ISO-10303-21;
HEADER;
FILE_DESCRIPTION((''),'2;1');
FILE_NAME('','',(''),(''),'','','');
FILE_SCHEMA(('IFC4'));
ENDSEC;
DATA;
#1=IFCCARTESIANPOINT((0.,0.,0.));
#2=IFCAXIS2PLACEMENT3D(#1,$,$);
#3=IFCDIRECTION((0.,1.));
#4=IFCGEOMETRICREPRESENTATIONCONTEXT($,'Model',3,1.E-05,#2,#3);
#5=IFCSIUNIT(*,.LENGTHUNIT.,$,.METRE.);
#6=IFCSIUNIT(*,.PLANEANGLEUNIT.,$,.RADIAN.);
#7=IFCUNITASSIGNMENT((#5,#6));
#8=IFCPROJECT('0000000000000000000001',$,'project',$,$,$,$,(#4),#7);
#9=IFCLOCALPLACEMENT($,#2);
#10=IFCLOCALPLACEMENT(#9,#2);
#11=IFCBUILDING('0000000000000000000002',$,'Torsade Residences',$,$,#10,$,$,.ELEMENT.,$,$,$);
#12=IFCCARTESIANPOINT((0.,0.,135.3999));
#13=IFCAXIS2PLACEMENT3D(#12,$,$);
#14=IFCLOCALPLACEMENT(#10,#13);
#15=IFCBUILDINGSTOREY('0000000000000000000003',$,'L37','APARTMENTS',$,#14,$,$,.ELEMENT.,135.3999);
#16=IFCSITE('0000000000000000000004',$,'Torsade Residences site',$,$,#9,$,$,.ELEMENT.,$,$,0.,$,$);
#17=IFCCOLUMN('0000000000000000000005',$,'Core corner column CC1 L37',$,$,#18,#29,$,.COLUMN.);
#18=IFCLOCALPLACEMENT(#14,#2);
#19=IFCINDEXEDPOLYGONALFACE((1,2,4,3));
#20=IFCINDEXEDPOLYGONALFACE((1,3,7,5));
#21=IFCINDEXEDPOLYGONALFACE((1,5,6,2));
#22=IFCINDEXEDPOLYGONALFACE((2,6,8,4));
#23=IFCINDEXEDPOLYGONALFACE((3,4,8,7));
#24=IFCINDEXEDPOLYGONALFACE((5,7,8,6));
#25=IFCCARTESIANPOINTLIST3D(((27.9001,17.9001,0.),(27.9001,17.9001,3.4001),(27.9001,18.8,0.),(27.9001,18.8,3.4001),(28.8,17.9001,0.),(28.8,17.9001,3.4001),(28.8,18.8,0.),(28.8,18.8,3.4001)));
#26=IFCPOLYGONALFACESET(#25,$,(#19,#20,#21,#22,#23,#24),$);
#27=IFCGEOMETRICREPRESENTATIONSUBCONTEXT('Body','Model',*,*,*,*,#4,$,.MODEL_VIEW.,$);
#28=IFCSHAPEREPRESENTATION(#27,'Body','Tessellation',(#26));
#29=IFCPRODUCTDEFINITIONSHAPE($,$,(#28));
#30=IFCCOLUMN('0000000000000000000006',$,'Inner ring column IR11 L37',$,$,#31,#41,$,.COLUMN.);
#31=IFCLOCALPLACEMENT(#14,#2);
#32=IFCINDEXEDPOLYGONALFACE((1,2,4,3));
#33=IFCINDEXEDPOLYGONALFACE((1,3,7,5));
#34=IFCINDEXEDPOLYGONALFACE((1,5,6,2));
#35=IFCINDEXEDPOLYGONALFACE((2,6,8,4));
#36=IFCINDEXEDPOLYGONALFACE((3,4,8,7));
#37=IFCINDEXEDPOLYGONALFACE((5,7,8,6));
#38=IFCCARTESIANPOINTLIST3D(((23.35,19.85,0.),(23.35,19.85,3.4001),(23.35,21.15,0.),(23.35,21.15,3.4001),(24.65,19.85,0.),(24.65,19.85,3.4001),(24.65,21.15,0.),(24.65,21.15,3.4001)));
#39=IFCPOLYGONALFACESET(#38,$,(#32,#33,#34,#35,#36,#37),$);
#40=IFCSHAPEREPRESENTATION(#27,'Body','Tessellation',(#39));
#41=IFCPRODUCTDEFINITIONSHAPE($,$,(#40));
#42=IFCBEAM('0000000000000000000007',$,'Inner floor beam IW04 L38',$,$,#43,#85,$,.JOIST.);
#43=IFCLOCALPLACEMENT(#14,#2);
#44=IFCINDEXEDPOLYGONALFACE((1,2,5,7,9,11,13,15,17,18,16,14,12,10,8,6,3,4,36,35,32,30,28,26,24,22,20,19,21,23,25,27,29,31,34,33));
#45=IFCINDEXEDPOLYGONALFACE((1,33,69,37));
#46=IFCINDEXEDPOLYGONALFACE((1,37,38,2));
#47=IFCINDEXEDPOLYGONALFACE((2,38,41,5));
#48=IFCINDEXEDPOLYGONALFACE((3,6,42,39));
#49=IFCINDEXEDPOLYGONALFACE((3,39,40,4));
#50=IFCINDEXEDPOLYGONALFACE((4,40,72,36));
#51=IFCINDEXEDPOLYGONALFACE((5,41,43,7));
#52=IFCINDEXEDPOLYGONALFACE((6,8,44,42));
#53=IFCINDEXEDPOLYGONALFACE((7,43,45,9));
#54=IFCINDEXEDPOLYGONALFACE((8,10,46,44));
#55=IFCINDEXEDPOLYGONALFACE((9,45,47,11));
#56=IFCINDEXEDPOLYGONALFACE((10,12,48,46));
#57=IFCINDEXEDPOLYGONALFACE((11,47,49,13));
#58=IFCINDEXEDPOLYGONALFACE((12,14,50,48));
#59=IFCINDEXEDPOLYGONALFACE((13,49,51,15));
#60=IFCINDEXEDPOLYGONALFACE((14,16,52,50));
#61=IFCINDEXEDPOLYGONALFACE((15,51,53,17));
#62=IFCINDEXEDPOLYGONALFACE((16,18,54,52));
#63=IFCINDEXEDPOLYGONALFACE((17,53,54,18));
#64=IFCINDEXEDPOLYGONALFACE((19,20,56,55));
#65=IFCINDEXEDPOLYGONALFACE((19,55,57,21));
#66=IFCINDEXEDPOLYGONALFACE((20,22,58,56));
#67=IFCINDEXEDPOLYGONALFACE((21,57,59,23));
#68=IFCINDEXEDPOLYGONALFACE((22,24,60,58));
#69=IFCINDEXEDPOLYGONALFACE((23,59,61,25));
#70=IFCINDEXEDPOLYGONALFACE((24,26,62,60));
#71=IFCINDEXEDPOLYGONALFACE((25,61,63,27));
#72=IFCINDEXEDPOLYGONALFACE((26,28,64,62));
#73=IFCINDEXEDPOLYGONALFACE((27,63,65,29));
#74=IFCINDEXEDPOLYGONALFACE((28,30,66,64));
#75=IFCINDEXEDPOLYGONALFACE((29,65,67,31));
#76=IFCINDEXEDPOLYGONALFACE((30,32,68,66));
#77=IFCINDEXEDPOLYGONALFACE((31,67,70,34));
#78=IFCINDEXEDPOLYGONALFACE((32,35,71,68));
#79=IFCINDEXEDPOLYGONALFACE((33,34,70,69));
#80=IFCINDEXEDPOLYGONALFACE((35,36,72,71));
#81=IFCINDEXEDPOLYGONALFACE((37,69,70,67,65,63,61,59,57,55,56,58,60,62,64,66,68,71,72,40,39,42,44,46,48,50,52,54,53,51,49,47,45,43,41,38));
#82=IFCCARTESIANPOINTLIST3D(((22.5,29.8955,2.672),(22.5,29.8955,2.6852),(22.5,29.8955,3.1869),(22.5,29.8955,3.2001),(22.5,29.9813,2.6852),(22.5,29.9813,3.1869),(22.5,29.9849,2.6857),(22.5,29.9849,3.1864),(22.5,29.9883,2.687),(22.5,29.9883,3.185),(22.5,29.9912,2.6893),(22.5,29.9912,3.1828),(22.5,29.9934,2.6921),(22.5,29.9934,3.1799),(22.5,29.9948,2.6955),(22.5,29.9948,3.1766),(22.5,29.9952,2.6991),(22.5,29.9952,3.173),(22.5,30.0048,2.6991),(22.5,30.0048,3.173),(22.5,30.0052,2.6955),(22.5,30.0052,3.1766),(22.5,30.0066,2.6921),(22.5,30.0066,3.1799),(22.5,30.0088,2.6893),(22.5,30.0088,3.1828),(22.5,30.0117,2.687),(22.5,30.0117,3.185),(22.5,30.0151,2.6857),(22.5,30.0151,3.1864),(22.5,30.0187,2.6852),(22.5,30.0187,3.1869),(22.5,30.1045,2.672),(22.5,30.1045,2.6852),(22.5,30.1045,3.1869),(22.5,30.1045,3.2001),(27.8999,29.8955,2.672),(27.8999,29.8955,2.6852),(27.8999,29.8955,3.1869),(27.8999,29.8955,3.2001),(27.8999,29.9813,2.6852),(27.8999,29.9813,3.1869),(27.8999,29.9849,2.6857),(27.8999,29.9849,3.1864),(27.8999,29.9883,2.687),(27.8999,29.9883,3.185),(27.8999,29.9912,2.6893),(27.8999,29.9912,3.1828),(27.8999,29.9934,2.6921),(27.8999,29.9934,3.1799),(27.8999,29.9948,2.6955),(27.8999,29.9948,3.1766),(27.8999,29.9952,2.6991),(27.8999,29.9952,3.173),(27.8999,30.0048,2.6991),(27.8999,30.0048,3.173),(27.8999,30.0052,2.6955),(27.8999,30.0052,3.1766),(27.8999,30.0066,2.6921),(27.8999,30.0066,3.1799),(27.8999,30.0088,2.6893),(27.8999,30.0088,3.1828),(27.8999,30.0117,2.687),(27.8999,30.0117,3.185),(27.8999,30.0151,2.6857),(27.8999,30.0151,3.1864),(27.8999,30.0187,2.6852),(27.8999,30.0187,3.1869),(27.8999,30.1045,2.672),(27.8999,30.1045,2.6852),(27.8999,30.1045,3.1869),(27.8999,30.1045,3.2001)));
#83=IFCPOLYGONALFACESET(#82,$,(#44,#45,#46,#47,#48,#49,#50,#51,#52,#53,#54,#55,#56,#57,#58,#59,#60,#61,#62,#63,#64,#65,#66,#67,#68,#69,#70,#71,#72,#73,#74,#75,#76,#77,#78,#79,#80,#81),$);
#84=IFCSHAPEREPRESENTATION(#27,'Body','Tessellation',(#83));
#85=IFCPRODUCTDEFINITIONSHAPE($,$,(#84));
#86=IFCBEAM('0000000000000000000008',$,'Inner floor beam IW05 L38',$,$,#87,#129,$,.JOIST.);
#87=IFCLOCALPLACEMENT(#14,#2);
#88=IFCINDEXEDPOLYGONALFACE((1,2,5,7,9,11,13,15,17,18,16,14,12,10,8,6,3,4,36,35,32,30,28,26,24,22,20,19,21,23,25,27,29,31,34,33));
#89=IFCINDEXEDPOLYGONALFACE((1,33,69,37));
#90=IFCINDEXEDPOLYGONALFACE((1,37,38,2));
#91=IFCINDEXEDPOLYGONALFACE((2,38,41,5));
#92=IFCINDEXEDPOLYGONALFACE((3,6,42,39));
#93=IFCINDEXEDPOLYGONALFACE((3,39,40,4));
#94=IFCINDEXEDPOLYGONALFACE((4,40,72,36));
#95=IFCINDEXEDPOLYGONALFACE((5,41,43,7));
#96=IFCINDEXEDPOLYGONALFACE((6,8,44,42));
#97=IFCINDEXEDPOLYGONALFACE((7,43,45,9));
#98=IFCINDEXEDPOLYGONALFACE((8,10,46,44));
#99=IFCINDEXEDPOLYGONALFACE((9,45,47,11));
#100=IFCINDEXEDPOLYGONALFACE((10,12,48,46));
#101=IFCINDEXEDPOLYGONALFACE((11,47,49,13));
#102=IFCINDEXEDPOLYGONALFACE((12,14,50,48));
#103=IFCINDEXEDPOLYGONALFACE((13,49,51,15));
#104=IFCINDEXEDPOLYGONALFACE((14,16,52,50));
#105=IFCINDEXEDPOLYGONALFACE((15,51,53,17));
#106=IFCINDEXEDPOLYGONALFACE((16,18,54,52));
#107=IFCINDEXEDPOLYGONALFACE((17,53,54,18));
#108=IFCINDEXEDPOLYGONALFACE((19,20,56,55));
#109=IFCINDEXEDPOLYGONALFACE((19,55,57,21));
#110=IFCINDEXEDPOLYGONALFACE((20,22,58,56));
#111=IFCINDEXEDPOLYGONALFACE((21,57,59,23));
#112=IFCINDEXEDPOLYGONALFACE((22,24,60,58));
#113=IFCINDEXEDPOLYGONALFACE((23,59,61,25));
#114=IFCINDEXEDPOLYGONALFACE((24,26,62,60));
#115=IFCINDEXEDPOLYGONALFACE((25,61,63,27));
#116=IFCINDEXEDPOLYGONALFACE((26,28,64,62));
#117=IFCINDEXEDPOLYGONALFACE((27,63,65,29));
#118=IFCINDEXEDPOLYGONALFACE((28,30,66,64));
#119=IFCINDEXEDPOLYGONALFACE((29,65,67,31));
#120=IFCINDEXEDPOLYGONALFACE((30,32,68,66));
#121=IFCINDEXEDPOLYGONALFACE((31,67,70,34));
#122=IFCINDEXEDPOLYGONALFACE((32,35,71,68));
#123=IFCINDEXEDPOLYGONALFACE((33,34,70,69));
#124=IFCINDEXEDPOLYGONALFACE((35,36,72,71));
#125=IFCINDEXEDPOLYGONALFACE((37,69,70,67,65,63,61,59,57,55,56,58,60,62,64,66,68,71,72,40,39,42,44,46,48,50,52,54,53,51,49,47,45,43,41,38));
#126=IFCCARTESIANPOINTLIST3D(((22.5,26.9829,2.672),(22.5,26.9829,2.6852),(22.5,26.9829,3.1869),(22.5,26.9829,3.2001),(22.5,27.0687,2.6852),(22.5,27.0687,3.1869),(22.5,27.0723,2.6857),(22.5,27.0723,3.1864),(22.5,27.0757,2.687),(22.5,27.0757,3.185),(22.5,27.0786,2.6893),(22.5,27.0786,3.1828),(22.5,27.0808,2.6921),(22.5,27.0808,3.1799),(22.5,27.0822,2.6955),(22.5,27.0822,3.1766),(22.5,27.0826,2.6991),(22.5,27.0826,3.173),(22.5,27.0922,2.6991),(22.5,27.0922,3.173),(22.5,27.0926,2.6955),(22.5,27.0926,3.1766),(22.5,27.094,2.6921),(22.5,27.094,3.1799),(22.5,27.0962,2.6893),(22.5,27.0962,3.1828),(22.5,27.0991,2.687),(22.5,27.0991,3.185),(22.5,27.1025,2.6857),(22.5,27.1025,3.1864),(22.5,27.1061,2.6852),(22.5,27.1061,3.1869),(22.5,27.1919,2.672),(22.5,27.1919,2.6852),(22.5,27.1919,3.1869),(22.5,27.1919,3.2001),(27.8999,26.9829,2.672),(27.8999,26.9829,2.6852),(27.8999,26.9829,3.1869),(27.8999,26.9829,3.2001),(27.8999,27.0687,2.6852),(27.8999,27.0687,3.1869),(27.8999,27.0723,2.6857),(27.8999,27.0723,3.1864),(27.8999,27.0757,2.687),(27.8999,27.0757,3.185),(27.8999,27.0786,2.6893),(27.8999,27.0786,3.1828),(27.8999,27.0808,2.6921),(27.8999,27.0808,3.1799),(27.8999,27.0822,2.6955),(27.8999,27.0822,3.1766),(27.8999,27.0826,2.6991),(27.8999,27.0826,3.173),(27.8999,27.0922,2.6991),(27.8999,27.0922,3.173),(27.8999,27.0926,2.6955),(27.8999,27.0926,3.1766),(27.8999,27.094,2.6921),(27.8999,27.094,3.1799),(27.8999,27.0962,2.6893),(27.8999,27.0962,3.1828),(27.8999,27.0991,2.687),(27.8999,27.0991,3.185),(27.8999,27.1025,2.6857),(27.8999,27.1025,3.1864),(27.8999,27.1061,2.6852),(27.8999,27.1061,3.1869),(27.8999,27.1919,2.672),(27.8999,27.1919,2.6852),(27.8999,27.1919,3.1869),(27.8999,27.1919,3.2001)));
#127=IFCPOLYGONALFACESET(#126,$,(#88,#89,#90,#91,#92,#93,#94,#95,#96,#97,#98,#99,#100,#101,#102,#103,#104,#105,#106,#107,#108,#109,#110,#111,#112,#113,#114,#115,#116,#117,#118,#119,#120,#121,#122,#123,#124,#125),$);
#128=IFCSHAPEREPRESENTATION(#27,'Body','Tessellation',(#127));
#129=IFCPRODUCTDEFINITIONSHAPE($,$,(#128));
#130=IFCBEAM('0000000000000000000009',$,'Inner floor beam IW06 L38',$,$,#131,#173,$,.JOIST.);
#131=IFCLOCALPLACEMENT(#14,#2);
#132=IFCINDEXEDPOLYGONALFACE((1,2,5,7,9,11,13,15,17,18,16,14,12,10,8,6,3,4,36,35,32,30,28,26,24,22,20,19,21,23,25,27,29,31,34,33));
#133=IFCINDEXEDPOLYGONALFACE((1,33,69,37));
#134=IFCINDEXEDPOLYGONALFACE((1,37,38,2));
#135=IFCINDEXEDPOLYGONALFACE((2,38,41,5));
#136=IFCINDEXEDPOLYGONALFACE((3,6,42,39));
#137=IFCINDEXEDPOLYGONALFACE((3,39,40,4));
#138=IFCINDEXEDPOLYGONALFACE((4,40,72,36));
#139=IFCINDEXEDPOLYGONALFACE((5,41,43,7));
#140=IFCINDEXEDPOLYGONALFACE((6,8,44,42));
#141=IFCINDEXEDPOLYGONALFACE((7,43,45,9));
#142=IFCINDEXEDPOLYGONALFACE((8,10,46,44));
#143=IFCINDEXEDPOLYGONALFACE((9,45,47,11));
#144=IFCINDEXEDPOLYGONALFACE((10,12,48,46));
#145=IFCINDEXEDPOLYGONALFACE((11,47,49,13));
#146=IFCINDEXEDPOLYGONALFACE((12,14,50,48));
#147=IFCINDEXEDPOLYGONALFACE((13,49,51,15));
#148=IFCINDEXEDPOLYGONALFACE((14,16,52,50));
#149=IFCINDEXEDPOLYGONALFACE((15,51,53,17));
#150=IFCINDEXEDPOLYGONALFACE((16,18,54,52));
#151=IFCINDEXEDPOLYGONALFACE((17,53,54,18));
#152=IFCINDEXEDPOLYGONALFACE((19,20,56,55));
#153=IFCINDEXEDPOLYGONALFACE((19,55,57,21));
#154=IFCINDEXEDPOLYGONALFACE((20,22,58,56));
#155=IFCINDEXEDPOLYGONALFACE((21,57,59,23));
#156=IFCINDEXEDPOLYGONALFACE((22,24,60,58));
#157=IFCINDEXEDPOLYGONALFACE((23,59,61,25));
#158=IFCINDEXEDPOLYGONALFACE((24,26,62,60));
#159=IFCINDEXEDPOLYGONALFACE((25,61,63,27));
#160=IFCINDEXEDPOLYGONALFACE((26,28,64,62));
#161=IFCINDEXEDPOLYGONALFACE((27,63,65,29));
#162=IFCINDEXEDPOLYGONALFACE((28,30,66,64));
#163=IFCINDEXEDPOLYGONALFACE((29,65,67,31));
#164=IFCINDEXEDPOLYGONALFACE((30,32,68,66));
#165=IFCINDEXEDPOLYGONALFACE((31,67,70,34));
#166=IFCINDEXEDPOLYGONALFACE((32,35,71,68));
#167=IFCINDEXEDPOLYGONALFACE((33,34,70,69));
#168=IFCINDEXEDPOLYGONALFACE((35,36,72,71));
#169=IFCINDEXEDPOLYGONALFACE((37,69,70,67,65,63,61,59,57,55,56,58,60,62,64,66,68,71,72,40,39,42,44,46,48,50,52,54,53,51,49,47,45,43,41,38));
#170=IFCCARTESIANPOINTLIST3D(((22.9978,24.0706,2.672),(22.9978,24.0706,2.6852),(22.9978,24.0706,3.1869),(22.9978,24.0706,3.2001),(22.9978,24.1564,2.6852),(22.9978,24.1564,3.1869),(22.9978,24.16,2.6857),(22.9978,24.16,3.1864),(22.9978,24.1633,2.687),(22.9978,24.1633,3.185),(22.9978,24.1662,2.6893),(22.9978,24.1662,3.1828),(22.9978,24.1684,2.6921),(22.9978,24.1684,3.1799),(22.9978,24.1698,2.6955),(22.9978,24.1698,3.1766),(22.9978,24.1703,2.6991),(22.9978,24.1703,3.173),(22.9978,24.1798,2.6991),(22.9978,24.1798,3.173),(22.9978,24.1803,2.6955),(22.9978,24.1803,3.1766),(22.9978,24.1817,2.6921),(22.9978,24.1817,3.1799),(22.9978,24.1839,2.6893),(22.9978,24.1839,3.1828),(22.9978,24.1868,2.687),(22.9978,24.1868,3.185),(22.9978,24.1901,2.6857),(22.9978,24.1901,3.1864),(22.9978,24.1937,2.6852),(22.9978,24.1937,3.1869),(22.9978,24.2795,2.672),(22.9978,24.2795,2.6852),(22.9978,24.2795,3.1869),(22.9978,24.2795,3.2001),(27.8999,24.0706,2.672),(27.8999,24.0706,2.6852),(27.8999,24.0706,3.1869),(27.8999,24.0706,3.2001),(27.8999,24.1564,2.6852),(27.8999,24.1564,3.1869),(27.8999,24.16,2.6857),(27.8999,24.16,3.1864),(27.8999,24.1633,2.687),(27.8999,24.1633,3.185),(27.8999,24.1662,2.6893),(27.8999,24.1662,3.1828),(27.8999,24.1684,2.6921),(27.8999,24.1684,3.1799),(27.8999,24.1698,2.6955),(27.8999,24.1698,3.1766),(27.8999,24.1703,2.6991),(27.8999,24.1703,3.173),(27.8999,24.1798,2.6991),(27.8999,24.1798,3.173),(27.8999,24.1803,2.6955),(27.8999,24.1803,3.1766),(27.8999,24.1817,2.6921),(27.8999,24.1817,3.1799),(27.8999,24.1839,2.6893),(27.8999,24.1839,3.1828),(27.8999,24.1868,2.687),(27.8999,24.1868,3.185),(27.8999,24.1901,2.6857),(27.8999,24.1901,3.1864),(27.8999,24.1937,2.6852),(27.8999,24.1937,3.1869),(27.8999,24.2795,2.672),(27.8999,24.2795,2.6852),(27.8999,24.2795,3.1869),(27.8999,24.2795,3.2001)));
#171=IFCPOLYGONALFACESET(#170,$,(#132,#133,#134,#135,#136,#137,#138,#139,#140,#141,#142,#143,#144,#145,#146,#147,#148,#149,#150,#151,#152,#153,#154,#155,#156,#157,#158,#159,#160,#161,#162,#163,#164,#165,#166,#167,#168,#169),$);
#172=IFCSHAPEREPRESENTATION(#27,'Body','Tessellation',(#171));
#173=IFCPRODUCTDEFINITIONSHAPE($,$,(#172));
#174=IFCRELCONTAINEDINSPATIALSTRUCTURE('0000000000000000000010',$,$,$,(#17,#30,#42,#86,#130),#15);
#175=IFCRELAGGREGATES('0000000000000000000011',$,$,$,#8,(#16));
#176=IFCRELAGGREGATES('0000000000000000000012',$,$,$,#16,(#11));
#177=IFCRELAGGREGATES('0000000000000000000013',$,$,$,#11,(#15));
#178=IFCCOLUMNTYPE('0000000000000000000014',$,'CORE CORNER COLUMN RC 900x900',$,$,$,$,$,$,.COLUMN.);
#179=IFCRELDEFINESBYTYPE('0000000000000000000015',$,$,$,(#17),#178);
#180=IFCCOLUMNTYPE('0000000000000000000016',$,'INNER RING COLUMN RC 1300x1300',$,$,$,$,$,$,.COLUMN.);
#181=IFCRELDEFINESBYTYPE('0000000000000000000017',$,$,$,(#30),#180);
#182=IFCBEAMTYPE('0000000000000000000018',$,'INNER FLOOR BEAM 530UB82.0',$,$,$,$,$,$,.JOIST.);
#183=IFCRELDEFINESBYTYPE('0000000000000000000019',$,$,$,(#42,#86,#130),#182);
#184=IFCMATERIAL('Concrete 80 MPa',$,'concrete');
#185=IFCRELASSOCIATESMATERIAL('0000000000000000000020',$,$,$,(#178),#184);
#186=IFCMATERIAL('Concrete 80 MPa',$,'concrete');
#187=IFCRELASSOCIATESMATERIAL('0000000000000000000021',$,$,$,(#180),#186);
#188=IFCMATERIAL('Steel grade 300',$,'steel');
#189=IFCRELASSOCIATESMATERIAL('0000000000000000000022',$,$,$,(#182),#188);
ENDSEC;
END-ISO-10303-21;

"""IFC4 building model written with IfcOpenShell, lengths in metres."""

from ifc_helpers import new_model, si_unit, direction, frame, origin, origin_2d, place, context, subcontext, project, spatial, rectangle, i_section, extrude, material, material_profile, profile_set, type_object, element, save


model = new_model("IFC4")

# Units and contexts
model_context = context("Model", 3, precision=1e-05, world=origin(), true_north=direction((0.0, 1.0)))
body_context = subcontext(model_context, "Body", "Model", "MODEL_VIEW")
ifc_project = project(units=[si_unit("LENGTHUNIT", "METRE"), si_unit("PLANEANGLEUNIT", "RADIAN")], contexts=[model_context])

# Site, building, storey
site_placement = place(None, origin())
site = spatial("IfcSite", under=ifc_project, at=site_placement, Name="Torsade Residences site", CompositionType="ELEMENT", RefElevation=0.0)
building_placement = place(site_placement, origin())
building = spatial("IfcBuilding", under=site, at=building_placement, Name="Torsade Residences", CompositionType="ELEMENT")
storey_placement = place(building_placement, frame((0.0, 0.0, 135.3999)))
storey = spatial("IfcBuildingStorey", under=building, at=storey_placement, Name="L37", Description="APARTMENTS", CompositionType="ELEMENT", Elevation=135.3999)

# Columns
ifc_material_1 = material(Name="Concrete 80 MPa", Category="concrete")
ifc_material_profile_1 = material_profile(ifc_material_1, rectangle(XDim=0.8999, YDim=0.8999, at=origin_2d()), Name="RC 900x900")
ifc_profile_set_1 = profile_set([ifc_material_profile_1], Name="Concrete 80 MPa")
column_type_1 = type_object("IfcColumnType", Name="CORE CORNER COLUMN RC 900x900", PredefinedType="COLUMN", material=ifc_profile_set_1)
column_1_placement = place(storey_placement, frame((28.3501, 18.3501, 0.0), z_axis=(0.0, 0.0, 1.0), x_axis=(1.0, 0.0, 0.0)))
element("IfcColumn", 1, at=column_1_placement, inside=storey, type_object=column_type_1, Name="Core corner column CC1 L37", PredefinedType="COLUMN", context=body_context, shape_type="SweptSolid", body=[
    extrude(rectangle(XDim=0.8999, YDim=0.8999, at=origin_2d()), origin(), (0.0, 0.0, 1.0), 3.4001),
])
ifc_material_2 = material(Name="Concrete 80 MPa", Category="concrete")
ifc_material_profile_2 = material_profile(ifc_material_2, rectangle(XDim=1.3, YDim=1.3, at=origin_2d()), Name="RC 1300x1300")
ifc_profile_set_2 = profile_set([ifc_material_profile_2], Name="Concrete 80 MPa")
column_type_2 = type_object("IfcColumnType", Name="INNER RING COLUMN RC 1300x1300", PredefinedType="COLUMN", material=ifc_profile_set_2)
column_2_placement = place(storey_placement, frame((24.0, 20.5, 0.0), z_axis=(0.0, 0.0, 1.0), x_axis=(1.0, 0.0, 0.0)))
element("IfcColumn", 2, at=column_2_placement, inside=storey, type_object=column_type_2, Name="Inner ring column IR11 L37", PredefinedType="COLUMN", context=body_context, shape_type="SweptSolid", body=[
    extrude(rectangle(XDim=1.3, YDim=1.3, at=origin_2d()), origin(), (0.0, 0.0, 1.0), 3.4001),
])

# Beams
ifc_material_3 = material(Name="Steel grade 300", Category="steel")
ifc_material_profile_3 = material_profile(ifc_material_3, i_section(OverallWidth=0.209, OverallDepth=0.5281, WebThickness=0.0095, FlangeThickness=0.0132, FilletRadius=0.0139, at=origin_2d()), Name="530UB82.0")
ifc_profile_set_3 = profile_set([ifc_material_profile_3], Name="Steel grade 300")
beam_type_1 = type_object("IfcBeamType", Name="INNER FLOOR BEAM 530UB82.0", PredefinedType="JOIST", material=ifc_profile_set_3)
for number, where, z_axis, x_axis, name in (
    (3, (27.8999, 30.0, 2.936), (-1.0, 0.0, 0.0), (0.0, -1.0, 0.0), "Inner floor beam IW04 L38"),
    (4, (27.8999, 27.0874, 2.936), (-1.0, 0.0, 0.0), (0.0, -1.0, 0.0), "Inner floor beam IW05 L38"),
):
    element("IfcBeam", number, at=place(storey_placement, frame(where, z_axis=z_axis, x_axis=x_axis)), inside=storey, type_object=beam_type_1, Name=name, PredefinedType="JOIST", context=body_context, shape_type="SweptSolid", body=[
        extrude(i_section(OverallWidth=0.209, OverallDepth=0.5281, WebThickness=0.0095, FlangeThickness=0.0132, FilletRadius=0.0139, at=origin_2d()), origin(), (0.0, 0.0, 1.0), 5.3999),
    ])
beam_1_placement = place(storey_placement, frame((27.8999, 24.175, 2.936), z_axis=(-1.0, 0.0, 0.0), x_axis=(0.0, -1.0, 0.0)))
element("IfcBeam", 5, at=beam_1_placement, inside=storey, type_object=beam_type_1, Name="Inner floor beam IW06 L38", PredefinedType="JOIST", context=body_context, shape_type="SweptSolid", body=[
    extrude(i_section(OverallWidth=0.209, OverallDepth=0.5281, WebThickness=0.0095, FlangeThickness=0.0132, FilletRadius=0.0139, at=origin_2d()), origin(), (0.0, 0.0, 1.0), 4.9021),
])

save(model, "model.ifc")
